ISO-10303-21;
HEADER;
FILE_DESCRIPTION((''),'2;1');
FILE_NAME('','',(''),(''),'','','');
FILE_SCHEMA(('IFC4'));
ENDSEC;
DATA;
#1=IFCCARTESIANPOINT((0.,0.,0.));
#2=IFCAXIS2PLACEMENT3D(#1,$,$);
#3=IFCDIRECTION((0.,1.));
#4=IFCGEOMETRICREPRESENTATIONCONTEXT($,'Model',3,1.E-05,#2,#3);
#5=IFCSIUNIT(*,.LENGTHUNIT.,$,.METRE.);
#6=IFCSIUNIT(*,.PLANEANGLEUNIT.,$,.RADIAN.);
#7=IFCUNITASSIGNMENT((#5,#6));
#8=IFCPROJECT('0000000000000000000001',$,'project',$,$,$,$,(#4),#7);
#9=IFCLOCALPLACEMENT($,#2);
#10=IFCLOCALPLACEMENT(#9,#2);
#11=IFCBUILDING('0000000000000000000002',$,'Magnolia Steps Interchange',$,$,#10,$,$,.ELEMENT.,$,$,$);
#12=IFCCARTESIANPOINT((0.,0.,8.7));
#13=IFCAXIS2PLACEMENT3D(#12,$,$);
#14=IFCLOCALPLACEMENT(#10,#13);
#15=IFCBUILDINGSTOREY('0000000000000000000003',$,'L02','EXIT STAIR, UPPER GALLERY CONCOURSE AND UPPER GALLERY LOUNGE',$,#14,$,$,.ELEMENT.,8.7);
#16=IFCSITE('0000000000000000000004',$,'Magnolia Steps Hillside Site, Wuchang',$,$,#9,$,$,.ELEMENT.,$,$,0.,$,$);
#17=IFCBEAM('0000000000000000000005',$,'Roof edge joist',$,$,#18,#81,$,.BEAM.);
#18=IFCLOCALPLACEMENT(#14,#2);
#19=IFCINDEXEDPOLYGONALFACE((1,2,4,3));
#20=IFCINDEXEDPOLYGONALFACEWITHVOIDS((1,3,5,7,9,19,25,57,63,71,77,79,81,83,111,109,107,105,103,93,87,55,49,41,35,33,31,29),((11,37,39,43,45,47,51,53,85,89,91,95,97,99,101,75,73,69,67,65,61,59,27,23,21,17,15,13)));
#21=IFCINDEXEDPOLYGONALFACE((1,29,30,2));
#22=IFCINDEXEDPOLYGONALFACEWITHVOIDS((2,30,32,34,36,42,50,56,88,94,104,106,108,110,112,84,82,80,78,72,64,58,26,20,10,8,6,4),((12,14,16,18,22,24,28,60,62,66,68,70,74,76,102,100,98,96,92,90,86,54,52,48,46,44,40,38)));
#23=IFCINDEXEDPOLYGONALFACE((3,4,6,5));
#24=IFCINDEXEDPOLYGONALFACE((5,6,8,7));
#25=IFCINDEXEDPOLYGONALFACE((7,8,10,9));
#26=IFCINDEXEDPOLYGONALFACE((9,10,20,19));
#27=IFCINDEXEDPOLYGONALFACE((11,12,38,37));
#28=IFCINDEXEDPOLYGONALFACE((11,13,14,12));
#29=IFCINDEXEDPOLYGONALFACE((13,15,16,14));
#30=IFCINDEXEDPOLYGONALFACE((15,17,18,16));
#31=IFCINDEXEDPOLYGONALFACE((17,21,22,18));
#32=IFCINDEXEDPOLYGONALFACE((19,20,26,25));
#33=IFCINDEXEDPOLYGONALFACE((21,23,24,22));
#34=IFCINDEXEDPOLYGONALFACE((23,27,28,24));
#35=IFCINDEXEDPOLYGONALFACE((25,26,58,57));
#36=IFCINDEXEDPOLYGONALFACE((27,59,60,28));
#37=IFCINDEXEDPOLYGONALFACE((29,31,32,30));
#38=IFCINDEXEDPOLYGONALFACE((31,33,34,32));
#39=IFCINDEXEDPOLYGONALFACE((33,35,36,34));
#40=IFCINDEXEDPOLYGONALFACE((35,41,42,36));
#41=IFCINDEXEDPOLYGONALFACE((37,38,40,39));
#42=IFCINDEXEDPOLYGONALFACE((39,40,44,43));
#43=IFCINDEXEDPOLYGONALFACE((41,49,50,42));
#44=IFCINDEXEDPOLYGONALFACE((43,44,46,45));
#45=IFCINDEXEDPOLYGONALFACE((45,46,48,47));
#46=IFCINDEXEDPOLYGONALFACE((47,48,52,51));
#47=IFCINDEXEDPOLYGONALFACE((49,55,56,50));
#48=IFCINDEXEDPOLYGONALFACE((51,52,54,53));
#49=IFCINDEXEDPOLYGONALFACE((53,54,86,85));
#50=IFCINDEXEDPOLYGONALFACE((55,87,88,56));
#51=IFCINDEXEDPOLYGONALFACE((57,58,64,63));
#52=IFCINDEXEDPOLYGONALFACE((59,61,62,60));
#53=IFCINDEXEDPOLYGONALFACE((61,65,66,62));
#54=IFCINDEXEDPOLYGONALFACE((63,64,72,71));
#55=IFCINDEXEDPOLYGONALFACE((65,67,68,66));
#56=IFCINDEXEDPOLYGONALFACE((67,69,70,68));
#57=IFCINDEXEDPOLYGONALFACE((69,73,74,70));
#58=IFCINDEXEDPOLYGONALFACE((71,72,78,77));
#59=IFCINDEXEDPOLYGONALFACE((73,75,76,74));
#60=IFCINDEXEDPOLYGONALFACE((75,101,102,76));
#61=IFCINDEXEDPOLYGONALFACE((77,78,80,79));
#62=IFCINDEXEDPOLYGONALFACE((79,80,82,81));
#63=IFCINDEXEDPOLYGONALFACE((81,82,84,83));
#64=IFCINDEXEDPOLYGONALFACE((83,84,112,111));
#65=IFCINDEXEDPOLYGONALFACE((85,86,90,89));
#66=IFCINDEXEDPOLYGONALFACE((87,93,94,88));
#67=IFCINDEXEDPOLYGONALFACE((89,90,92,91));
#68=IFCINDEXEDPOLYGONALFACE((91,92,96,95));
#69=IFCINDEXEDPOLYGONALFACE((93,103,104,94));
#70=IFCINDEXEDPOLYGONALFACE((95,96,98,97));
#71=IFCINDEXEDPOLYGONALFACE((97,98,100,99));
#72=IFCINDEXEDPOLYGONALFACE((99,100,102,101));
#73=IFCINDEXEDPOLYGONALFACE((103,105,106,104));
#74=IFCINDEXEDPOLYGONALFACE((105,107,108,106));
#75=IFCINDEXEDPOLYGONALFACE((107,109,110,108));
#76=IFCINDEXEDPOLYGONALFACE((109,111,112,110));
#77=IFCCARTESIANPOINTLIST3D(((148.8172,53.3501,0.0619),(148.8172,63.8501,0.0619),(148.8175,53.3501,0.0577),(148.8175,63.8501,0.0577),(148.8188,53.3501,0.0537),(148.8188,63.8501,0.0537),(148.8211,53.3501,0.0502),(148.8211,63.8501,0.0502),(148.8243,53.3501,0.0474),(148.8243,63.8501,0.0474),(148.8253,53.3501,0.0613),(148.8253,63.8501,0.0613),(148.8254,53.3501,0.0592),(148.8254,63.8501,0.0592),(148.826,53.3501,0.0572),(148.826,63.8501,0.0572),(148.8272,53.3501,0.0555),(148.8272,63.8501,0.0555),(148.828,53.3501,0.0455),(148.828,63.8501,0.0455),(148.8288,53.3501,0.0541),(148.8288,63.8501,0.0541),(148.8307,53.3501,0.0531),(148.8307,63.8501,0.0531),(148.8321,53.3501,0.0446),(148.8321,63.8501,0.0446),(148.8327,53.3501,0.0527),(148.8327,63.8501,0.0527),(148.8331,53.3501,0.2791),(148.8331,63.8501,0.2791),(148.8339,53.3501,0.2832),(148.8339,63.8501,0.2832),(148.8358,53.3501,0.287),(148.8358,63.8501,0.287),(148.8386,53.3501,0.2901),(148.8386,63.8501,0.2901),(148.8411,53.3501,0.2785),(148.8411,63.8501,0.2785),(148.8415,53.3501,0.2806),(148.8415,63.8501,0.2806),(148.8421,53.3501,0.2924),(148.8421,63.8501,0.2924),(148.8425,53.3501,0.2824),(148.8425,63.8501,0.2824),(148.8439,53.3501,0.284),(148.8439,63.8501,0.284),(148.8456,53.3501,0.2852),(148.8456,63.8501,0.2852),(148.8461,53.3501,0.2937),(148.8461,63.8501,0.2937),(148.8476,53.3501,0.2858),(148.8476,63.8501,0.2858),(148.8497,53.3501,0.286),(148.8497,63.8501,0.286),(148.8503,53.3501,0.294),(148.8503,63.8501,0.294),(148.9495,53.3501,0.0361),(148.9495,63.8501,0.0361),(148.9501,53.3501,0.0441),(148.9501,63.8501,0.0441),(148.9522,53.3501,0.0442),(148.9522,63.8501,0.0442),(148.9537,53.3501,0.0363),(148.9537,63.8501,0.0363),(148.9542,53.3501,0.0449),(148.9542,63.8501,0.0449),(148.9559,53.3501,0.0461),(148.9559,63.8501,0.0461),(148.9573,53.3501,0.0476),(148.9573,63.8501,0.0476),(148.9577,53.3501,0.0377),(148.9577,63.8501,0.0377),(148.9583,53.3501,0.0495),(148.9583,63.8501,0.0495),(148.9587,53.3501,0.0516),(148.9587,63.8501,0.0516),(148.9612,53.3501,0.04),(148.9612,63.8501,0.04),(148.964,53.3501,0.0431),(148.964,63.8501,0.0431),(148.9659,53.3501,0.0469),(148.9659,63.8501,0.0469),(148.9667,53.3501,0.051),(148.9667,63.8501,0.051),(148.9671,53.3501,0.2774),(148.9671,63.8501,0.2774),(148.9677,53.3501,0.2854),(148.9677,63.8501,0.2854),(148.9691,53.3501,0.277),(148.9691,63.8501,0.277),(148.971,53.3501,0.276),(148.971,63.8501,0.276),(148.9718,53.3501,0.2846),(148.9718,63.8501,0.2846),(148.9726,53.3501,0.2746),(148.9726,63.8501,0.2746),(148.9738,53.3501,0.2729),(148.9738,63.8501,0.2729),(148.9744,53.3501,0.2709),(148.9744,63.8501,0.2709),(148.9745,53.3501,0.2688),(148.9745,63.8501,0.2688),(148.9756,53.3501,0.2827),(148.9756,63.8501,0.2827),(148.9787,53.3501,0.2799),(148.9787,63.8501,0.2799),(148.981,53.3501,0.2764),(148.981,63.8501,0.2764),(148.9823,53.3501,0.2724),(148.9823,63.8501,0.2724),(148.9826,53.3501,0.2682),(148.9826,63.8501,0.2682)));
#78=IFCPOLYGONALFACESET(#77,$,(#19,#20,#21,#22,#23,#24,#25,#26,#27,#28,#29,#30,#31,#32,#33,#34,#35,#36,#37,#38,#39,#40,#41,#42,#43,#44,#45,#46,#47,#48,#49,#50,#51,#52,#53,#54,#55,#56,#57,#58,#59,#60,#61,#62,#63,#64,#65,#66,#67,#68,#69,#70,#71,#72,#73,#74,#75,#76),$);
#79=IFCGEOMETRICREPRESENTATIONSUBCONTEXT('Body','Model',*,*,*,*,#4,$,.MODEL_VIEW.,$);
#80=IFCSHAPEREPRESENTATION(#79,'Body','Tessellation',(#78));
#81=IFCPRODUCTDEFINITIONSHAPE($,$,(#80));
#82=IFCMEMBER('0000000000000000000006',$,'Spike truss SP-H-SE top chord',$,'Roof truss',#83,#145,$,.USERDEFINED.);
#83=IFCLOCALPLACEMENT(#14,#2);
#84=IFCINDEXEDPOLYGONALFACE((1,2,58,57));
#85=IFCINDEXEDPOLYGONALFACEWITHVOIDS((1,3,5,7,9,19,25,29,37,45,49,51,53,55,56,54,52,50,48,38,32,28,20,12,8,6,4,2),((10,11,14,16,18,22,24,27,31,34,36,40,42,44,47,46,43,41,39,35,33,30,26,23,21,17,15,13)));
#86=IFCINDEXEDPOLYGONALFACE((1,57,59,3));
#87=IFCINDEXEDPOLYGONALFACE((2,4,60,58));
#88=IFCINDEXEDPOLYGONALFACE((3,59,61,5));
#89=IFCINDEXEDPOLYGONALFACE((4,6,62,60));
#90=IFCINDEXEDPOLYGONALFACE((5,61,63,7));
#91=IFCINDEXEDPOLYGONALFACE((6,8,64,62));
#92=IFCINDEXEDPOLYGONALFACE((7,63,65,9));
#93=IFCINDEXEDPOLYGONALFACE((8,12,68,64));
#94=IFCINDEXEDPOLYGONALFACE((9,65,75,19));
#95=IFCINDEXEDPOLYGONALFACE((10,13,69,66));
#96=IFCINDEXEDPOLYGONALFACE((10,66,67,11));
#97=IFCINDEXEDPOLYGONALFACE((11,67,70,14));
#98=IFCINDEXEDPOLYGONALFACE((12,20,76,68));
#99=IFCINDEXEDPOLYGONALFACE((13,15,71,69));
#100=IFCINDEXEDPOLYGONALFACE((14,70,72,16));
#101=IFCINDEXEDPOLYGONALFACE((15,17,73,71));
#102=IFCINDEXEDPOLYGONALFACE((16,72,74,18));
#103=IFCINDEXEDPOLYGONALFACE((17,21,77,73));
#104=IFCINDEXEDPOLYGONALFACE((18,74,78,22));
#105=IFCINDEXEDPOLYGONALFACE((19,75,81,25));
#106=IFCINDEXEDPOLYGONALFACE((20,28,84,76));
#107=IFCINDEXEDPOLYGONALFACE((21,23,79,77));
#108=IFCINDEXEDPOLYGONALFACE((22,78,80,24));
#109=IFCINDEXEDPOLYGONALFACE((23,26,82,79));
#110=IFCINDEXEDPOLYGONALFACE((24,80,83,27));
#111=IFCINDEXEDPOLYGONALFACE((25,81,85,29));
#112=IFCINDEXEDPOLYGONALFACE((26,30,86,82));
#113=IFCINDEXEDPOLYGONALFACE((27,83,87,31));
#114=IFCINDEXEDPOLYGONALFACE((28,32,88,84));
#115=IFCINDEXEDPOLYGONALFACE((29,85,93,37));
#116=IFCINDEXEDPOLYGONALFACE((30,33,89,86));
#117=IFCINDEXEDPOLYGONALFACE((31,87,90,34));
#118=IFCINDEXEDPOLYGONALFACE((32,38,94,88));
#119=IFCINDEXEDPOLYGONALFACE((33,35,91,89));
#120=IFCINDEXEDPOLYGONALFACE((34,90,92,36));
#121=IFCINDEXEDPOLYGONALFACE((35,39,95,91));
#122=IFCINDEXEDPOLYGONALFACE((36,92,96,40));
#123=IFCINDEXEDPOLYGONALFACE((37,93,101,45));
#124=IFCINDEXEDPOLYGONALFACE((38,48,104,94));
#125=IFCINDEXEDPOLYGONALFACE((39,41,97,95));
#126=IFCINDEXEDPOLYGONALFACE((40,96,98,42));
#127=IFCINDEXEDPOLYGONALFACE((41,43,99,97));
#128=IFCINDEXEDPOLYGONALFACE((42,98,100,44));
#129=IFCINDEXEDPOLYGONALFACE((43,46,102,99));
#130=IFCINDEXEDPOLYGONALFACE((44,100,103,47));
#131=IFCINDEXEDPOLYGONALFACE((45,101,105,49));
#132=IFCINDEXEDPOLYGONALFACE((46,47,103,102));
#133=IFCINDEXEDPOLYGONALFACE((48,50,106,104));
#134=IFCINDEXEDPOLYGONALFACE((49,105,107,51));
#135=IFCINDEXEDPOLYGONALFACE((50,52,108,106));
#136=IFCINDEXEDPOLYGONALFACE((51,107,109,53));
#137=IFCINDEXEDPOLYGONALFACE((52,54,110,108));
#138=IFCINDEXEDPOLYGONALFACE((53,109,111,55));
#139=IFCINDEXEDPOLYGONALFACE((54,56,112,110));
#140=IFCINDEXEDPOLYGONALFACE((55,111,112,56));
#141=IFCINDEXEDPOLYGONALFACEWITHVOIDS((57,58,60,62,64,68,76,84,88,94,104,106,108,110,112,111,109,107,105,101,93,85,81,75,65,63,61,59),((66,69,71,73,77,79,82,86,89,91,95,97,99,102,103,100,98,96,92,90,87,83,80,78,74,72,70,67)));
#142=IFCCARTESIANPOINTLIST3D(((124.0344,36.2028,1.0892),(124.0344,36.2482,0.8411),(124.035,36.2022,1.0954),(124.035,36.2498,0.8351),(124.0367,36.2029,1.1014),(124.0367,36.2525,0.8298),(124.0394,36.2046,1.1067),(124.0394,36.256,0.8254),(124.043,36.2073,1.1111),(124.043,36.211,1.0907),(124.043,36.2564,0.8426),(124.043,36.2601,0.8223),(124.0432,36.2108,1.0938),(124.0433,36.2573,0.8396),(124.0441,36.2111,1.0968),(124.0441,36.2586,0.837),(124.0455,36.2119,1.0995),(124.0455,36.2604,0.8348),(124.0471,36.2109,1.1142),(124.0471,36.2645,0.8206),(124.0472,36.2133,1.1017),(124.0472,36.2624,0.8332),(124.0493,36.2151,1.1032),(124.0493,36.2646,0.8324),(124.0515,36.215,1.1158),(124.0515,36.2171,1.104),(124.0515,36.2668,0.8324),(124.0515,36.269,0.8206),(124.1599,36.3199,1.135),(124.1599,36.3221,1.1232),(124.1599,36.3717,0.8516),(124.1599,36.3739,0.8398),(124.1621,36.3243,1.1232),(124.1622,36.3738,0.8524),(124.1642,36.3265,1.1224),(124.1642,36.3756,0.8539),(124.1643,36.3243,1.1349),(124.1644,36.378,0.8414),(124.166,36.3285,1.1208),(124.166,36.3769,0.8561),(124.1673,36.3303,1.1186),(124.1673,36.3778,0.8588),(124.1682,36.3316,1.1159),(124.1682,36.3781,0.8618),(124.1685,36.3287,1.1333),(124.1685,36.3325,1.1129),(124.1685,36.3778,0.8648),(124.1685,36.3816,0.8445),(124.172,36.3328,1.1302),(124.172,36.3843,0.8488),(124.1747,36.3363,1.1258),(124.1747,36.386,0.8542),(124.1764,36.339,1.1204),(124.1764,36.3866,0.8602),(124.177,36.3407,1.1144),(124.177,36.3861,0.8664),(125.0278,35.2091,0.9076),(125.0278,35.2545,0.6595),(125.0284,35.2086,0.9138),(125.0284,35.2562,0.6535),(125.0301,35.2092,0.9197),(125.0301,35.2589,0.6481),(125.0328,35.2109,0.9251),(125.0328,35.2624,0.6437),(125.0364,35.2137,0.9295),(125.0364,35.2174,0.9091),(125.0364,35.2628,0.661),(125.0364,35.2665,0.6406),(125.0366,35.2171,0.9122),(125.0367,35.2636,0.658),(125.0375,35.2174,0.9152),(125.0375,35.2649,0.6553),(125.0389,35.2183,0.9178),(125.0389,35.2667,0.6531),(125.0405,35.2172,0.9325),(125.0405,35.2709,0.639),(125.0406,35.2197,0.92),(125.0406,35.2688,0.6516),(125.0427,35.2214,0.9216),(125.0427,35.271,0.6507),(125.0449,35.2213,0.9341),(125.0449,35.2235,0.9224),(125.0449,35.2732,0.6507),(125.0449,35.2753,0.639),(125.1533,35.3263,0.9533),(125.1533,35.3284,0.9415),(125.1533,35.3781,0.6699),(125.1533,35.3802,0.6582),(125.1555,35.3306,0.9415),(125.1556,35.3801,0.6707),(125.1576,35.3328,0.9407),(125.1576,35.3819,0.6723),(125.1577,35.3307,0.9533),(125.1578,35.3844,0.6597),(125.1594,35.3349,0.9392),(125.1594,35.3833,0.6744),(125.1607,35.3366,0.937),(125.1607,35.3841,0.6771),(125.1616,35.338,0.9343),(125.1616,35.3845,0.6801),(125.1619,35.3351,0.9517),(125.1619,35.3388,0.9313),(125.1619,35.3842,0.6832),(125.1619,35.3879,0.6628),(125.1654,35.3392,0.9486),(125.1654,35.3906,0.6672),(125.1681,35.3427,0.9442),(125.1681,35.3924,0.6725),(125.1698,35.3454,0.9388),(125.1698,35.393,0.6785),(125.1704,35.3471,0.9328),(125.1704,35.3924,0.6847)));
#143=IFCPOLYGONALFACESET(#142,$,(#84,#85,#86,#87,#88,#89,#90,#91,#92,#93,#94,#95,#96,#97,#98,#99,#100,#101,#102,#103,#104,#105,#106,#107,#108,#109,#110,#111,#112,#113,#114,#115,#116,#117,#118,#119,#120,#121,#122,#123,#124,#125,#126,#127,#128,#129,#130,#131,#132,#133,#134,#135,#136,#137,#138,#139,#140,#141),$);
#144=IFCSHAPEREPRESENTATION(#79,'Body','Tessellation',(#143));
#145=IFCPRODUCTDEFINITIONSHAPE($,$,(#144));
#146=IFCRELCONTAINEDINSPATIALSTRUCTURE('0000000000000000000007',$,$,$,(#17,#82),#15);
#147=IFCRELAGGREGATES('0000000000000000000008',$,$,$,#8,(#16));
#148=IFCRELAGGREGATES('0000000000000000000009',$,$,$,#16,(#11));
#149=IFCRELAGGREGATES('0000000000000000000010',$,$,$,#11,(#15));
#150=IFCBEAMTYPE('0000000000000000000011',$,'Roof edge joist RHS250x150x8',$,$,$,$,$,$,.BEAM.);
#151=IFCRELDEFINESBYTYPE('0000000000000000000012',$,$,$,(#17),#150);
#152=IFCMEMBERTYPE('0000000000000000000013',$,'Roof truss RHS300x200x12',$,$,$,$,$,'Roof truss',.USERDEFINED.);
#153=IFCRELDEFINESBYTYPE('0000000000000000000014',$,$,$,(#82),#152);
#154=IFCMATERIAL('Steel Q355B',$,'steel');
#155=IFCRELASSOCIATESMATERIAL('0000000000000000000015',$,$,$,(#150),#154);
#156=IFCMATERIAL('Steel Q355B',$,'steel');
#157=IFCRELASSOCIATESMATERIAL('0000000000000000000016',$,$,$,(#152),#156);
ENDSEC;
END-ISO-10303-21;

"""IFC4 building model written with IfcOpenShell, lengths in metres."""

from ifc_helpers import new_model, si_unit, direction, frame, origin, origin_2d, place, context, subcontext, project, spatial, hollow_rectangle, extrude, material, material_profile, profile_set, type_object, element, save


model = new_model("IFC4")

# Units and contexts
model_context = context("Model", 3, precision=1e-05, world=origin(), true_north=direction((0.0, 1.0)))
body_context = subcontext(model_context, "Body", "Model", "MODEL_VIEW")
ifc_project = project(units=[si_unit("LENGTHUNIT", "METRE"), si_unit("PLANEANGLEUNIT", "RADIAN")], contexts=[model_context])

# Site, building, storey
site_placement = place(None, origin())
site = spatial("IfcSite", under=ifc_project, at=site_placement, Name="Magnolia Steps Hillside Site, Wuchang", CompositionType="ELEMENT", RefElevation=0.0)
building_placement = place(site_placement, origin())
building = spatial("IfcBuilding", under=site, at=building_placement, Name="Magnolia Steps Interchange", CompositionType="ELEMENT")
storey_placement = place(building_placement, frame((0.0, 0.0, 8.7)))
storey = spatial("IfcBuildingStorey", under=building, at=storey_placement, Name="L02", Description="EXIT STAIR, UPPER GALLERY CONCOURSE AND UPPER GALLERY LOUNGE", CompositionType="ELEMENT", Elevation=8.7)

# Beam
ifc_material_1 = material(Name="Steel Q355B", Category="steel")
ifc_material_profile_1 = material_profile(ifc_material_1, hollow_rectangle(XDim=0.1499, YDim=0.25, WallThickness=0.0081, InnerFilletRadius=0.0081, OuterFilletRadius=0.0161, at=origin_2d()), Name="RHS250x150x8")
ifc_profile_set_1 = profile_set([ifc_material_profile_1], Name="Steel Q355B")
beam_type_1 = type_object("IfcBeamType", Name="Roof edge joist RHS250x150x8", PredefinedType="BEAM", material=ifc_profile_set_1)
for number, where, z_axis, x_axis, name in (
    (1, (148.8999, 53.3501, 0.165), (0.0, 1.0, 0.0), (-0.997352, 0.0, 0.072724), "Roof edge joist"),
):
    element("IfcBeam", number, at=place(storey_placement, frame(where, z_axis=z_axis, x_axis=x_axis)), inside=storey, type_object=beam_type_1, Name=name, PredefinedType="BEAM", context=body_context, shape_type="SweptSolid", body=[
        extrude(hollow_rectangle(XDim=0.1499, YDim=0.25, WallThickness=0.0081, InnerFilletRadius=0.0081, OuterFilletRadius=0.0161, at=origin_2d()), origin(), (0.0, 0.0, 1.0), 10.5),
    ])

# Member
ifc_material_2 = material(Name="Steel Q355B", Category="steel")
ifc_material_profile_2 = material_profile(ifc_material_2, hollow_rectangle(XDim=0.2, YDim=0.3, WallThickness=0.012, InnerFilletRadius=0.012, OuterFilletRadius=0.0239, at=origin_2d()), Name="RHS300x200x12")
ifc_profile_set_2 = profile_set([ifc_material_profile_2], Name="Steel Q355B")
member_type_1 = type_object("IfcMemberType", Name="Roof truss RHS300x200x12", ElementType="Roof truss", PredefinedType="USERDEFINED", material=ifc_profile_set_2)
for number, where, z_axis, x_axis, name in (
    (2, (124.1057, 36.2944, 0.9778), (0.701185, -0.701357, -0.128209), (0.712979, 0.689737, 0.126188), "Spike truss SP-H-SE top chord"),
):
    element("IfcMember", number, at=place(storey_placement, frame(where, z_axis=z_axis, x_axis=x_axis)), inside=storey, type_object=member_type_1, Name=name, ObjectType="Roof truss", PredefinedType="USERDEFINED", context=body_context, shape_type="SweptSolid", body=[
        extrude(hollow_rectangle(XDim=0.2, YDim=0.3, WallThickness=0.012, InnerFilletRadius=0.012, OuterFilletRadius=0.0239, at=origin_2d()), origin(), (0.0, 0.0, 1.0), 1.4167),
    ])

save(model, "model.ifc")
